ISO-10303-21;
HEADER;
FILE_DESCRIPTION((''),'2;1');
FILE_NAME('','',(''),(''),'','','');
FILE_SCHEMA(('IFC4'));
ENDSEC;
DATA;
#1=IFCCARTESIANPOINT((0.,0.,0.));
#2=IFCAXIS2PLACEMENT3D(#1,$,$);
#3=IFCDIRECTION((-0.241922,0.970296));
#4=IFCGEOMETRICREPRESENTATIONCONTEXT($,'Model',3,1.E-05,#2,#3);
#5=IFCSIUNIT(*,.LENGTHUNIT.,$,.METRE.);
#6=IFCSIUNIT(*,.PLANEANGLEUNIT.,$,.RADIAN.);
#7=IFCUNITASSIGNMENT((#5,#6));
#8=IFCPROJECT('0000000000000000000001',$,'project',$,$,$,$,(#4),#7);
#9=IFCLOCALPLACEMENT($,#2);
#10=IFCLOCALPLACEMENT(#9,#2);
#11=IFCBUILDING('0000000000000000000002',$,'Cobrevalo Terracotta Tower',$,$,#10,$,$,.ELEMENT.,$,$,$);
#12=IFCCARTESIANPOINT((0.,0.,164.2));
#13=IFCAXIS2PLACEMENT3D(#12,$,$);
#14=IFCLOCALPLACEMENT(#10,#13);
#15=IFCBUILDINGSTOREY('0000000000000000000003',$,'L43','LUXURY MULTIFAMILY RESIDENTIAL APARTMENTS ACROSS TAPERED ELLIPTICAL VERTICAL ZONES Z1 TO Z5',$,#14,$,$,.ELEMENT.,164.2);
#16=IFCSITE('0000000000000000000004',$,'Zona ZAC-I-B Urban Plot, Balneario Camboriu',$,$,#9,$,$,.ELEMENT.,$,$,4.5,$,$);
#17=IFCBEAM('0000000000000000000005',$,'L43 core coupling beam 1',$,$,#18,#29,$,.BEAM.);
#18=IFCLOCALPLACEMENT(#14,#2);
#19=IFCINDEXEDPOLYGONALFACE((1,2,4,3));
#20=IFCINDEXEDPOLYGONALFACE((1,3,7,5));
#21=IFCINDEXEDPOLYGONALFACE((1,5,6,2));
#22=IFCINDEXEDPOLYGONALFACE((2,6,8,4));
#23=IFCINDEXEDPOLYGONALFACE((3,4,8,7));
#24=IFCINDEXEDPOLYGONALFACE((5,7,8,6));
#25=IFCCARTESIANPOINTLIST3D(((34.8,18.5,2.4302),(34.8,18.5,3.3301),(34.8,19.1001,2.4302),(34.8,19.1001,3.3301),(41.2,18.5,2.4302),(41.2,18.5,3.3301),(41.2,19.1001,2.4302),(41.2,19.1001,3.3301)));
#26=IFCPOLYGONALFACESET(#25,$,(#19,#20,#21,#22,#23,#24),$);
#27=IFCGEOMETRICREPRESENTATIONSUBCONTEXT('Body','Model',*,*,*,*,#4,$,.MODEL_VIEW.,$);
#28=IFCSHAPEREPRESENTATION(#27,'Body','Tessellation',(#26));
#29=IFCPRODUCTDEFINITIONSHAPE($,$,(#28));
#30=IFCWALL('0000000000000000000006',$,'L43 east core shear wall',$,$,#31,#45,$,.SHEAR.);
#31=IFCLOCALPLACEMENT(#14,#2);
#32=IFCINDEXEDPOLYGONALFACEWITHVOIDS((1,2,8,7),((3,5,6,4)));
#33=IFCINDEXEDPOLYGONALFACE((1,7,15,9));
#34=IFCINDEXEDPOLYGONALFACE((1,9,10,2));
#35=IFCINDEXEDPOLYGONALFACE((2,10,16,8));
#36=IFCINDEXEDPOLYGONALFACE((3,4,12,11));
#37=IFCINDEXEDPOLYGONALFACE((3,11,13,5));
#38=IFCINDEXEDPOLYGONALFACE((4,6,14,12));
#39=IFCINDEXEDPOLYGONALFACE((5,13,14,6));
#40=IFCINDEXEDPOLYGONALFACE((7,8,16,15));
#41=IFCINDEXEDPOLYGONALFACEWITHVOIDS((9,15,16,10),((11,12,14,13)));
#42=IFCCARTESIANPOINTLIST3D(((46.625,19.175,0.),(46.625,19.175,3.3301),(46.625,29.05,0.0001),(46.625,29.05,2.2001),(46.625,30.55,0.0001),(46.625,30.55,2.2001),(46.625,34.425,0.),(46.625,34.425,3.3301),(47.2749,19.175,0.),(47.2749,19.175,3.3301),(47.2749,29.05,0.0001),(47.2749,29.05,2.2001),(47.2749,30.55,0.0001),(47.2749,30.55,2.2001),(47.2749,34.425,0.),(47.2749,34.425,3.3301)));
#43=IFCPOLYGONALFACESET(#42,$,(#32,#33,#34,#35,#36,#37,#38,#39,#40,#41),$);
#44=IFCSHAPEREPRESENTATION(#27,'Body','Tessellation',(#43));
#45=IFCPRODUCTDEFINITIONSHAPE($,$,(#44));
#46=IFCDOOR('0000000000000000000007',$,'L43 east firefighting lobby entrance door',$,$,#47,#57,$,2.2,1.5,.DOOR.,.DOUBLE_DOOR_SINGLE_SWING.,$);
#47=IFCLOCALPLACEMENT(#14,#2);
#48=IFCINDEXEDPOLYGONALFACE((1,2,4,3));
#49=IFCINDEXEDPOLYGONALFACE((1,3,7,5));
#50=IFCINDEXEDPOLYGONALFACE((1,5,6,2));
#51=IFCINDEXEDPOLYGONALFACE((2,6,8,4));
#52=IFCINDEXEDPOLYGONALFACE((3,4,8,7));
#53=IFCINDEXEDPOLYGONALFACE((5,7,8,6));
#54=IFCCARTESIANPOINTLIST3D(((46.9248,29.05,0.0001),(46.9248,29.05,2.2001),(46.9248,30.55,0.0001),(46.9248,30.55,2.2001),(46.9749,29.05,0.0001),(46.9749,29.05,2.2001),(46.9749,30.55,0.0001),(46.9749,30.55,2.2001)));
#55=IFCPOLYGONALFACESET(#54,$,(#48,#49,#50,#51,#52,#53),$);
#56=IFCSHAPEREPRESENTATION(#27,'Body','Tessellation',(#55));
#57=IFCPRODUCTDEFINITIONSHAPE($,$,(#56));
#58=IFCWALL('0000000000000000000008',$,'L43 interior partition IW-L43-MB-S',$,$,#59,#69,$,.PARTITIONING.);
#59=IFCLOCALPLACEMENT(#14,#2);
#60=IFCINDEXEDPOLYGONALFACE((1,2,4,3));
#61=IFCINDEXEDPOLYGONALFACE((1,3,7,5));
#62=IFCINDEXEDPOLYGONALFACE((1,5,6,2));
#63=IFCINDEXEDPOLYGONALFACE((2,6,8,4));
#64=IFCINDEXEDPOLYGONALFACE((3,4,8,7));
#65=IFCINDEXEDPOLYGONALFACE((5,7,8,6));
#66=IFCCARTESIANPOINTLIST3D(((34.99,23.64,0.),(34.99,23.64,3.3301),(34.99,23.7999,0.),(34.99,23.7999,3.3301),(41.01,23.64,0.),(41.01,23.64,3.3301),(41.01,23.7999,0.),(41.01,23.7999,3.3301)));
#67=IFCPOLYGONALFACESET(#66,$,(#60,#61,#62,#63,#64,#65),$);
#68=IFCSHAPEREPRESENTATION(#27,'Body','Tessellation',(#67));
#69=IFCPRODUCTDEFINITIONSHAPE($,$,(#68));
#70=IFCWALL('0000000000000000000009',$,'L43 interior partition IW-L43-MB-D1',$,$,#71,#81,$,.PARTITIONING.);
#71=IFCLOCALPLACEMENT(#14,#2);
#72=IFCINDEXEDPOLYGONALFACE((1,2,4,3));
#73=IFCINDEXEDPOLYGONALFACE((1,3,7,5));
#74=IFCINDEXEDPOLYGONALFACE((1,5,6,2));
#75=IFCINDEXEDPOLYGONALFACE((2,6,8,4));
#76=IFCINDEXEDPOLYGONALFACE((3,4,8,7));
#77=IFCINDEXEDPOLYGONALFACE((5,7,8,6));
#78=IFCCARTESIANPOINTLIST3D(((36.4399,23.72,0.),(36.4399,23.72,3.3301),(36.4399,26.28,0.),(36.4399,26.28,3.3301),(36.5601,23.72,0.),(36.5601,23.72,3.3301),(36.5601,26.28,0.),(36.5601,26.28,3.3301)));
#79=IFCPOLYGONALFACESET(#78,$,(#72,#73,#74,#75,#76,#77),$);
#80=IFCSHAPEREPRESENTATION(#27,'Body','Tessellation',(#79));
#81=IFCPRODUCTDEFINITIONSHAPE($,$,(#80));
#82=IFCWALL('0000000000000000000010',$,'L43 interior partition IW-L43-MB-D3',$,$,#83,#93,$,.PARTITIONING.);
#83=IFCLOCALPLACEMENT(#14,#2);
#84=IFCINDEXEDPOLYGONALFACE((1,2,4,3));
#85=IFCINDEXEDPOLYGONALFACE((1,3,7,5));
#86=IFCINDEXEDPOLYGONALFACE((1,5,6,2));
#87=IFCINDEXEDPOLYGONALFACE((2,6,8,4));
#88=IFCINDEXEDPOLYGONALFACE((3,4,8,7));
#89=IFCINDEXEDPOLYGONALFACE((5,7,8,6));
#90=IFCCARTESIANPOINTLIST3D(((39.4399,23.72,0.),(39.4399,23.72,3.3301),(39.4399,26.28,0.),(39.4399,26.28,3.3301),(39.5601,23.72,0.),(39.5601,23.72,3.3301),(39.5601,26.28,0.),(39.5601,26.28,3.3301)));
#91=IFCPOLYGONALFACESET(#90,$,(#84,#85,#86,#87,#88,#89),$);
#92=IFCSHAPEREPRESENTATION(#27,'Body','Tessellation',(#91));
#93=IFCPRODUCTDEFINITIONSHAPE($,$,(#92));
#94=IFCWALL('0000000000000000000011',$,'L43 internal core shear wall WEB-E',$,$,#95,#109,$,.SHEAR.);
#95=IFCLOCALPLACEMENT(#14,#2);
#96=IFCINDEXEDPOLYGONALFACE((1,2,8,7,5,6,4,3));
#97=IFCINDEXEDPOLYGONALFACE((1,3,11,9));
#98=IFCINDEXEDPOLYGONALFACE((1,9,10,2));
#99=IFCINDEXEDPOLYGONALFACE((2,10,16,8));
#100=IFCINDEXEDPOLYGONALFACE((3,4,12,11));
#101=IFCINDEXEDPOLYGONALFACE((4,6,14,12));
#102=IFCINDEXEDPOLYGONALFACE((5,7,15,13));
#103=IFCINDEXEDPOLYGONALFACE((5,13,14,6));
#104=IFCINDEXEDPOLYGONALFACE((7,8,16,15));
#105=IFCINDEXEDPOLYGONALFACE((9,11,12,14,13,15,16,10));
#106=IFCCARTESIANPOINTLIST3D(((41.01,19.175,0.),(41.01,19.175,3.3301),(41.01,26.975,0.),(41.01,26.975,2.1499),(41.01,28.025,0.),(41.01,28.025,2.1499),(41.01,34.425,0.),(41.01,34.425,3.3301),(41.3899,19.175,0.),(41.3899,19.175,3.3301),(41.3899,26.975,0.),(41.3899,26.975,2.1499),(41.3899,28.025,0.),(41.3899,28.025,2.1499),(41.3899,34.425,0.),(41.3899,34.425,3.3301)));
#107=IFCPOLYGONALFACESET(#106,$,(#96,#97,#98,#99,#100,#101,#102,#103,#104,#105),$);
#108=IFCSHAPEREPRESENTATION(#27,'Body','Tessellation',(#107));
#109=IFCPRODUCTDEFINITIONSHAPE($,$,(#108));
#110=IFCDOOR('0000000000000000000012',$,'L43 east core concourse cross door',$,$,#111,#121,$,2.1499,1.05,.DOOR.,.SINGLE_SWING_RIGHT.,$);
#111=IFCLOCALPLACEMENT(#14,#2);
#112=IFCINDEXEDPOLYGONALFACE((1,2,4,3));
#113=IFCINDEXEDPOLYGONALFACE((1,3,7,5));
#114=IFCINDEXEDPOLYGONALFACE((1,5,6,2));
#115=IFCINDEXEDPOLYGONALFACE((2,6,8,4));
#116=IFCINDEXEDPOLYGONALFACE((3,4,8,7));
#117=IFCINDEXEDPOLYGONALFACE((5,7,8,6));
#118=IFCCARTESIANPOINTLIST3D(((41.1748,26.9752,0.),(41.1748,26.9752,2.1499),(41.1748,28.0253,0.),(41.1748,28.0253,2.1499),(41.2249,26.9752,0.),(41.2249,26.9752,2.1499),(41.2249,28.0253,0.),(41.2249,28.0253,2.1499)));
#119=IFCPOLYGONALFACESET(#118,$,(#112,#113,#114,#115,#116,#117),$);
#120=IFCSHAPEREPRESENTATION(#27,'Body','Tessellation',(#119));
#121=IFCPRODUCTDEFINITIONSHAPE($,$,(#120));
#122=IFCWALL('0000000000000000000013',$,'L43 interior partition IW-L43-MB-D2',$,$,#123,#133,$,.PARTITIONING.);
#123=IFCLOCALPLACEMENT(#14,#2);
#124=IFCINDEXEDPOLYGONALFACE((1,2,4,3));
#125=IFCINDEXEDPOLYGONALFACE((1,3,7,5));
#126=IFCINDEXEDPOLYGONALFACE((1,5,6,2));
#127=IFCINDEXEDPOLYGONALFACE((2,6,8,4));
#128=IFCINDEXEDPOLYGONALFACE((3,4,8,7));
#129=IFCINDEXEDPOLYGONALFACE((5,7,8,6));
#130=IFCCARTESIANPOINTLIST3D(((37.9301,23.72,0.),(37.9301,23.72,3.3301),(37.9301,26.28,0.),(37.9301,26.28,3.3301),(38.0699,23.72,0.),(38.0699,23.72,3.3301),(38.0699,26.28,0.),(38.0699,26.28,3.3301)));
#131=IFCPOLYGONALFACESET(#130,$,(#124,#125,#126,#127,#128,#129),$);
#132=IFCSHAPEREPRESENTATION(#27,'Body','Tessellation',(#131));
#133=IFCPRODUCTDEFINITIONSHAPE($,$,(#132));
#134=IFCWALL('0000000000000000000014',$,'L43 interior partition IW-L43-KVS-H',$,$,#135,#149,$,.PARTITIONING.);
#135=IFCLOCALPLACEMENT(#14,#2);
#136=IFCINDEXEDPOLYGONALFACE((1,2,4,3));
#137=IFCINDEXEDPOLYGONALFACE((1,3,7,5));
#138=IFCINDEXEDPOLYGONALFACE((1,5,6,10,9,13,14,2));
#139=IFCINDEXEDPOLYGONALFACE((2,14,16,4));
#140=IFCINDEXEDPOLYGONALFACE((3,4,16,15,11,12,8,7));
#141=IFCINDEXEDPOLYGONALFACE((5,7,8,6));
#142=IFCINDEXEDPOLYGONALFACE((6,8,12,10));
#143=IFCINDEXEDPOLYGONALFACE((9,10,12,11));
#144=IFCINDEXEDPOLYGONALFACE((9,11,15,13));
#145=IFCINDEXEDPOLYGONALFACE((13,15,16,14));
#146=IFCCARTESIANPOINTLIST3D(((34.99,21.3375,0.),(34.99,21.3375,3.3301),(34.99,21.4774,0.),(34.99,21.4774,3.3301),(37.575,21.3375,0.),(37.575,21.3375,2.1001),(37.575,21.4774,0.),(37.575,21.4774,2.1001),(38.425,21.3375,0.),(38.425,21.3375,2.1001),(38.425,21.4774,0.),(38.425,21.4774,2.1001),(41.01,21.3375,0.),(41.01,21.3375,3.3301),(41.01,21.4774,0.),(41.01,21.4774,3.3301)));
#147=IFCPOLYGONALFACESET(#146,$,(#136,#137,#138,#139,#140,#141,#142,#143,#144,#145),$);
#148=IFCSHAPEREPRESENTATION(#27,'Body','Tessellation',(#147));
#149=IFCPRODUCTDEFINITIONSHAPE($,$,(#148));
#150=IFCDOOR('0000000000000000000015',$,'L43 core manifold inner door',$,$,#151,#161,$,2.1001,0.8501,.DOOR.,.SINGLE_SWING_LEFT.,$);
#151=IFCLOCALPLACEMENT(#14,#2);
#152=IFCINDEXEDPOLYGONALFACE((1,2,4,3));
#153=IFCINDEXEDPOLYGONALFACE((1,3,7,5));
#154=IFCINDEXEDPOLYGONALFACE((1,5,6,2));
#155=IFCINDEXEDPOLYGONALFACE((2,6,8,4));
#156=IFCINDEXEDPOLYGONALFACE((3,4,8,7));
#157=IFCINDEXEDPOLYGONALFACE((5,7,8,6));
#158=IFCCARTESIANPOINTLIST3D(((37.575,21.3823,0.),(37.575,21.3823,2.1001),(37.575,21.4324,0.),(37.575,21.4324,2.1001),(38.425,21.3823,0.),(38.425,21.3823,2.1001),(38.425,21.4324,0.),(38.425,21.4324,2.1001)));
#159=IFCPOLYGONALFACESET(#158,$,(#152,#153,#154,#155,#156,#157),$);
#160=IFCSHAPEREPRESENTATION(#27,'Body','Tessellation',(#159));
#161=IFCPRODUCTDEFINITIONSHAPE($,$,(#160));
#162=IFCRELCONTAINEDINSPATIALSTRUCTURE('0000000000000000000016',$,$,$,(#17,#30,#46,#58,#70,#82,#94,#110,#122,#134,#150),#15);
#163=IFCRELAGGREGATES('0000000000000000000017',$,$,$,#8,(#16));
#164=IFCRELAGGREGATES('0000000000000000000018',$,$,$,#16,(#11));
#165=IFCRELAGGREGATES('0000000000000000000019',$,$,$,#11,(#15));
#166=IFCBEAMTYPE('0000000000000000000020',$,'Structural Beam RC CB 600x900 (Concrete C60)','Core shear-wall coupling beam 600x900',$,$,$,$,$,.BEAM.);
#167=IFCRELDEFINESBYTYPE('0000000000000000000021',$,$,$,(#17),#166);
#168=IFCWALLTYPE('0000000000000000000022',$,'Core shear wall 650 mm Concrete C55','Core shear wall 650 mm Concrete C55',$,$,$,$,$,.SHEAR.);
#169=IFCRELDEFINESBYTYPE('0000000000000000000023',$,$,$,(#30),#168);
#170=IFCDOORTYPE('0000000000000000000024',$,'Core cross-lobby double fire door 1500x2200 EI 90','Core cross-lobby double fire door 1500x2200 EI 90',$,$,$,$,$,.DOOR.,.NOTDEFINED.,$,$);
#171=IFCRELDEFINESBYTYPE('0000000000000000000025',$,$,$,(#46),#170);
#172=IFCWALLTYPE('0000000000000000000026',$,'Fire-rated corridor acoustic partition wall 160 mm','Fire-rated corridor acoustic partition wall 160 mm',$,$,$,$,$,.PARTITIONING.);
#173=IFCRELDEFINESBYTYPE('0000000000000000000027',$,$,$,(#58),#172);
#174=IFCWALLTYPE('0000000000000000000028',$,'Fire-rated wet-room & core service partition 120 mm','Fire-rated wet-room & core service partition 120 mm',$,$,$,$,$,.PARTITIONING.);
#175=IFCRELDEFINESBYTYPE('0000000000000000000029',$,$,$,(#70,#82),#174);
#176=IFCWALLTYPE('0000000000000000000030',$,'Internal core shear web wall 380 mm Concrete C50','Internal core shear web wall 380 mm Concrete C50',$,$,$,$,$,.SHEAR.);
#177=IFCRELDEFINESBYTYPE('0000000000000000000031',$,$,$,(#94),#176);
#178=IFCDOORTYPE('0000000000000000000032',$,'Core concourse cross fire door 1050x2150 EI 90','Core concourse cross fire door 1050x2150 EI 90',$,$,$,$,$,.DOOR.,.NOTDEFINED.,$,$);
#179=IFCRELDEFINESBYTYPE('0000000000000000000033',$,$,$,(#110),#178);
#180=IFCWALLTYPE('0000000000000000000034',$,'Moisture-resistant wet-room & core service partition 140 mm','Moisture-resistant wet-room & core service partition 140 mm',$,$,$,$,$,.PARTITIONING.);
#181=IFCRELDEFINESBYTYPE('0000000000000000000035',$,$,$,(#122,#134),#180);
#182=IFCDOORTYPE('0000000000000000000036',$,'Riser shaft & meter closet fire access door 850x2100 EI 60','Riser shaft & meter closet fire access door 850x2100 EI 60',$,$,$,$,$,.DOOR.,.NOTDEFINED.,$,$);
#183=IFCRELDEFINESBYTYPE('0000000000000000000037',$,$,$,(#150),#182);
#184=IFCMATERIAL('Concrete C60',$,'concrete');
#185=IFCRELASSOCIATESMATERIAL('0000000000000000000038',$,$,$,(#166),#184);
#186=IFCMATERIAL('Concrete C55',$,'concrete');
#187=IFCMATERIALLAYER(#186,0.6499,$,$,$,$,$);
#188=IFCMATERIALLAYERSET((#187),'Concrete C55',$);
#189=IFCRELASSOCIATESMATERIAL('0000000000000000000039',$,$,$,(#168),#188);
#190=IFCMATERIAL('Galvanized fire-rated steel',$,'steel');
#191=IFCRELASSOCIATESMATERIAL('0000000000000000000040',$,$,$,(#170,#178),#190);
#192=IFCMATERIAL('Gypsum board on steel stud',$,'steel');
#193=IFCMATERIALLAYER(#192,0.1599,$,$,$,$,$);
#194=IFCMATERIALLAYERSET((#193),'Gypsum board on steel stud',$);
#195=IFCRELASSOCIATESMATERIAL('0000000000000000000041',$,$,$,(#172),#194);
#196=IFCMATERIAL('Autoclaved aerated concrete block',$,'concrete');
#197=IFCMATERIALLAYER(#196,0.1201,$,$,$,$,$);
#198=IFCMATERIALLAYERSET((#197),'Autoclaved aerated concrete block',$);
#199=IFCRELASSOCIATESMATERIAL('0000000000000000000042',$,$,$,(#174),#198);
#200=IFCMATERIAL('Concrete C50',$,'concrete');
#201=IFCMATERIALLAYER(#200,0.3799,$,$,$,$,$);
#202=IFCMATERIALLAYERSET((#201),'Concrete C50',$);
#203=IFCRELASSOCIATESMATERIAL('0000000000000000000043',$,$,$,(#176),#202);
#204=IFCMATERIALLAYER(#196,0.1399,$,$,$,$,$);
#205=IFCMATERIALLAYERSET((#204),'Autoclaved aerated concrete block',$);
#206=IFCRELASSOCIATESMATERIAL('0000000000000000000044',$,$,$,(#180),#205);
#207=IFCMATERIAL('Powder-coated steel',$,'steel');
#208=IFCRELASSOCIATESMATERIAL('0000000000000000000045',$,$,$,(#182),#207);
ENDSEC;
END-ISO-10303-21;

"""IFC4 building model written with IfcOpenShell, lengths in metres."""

from ifc_helpers import new_model, si_unit, direction, frame, frame_2d, origin, origin_2d, place, context, subcontext, project, spatial, rectangle, extrude, source, transform, mapped, material, layer, layer_set, material_profile, profile_set, type_object, element, fill, save


model = new_model("IFC4")

# Units and contexts
model_context = context("Model", 3, precision=1e-05, world=origin(), true_north=direction((-0.241922, 0.970296)))
body_context = subcontext(model_context, "Body", "Model", "MODEL_VIEW")
ifc_project = project(units=[si_unit("LENGTHUNIT", "METRE"), si_unit("PLANEANGLEUNIT", "RADIAN")], contexts=[model_context])

# Site, building, storey
site_placement = place(None, origin())
site = spatial("IfcSite", under=ifc_project, at=site_placement, Name="Zona ZAC-I-B Urban Plot, Balneario Camboriu", CompositionType="ELEMENT", RefElevation=4.5)
building_placement = place(site_placement, origin())
building = spatial("IfcBuilding", under=site, at=building_placement, Name="Cobrevalo Terracotta Tower", CompositionType="ELEMENT")
storey_placement = place(building_placement, frame((0.0, 0.0, 164.2)))
storey = spatial("IfcBuildingStorey", under=building, at=storey_placement, Name="L43", Description="LUXURY MULTIFAMILY RESIDENTIAL APARTMENTS ACROSS TAPERED ELLIPTICAL VERTICAL ZONES Z1 TO Z5", CompositionType="ELEMENT", Elevation=164.2)

# Beam
ifc_material_1 = material(Name="Concrete C60", Category="concrete")
ifc_material_profile = material_profile(ifc_material_1, rectangle(XDim=0.6001, YDim=0.8999, at=origin_2d()), Name="RC CB 600x900")
ifc_profile_set = profile_set([ifc_material_profile], Name="Concrete C60")
beam_type = type_object("IfcBeamType", Name="Structural Beam RC CB 600x900 (Concrete C60)", Description="Core shear-wall coupling beam 600x900", PredefinedType="BEAM", material=ifc_profile_set)
beam_placement = place(storey_placement, frame((34.8, 18.8, 2.8801), z_axis=(1.0, 0.0, 0.0), x_axis=(0.0, 1.0, 0.0)))
element("IfcBeam", 1, at=beam_placement, inside=storey, type_object=beam_type, Name="L43 core coupling beam 1", PredefinedType="BEAM", context=body_context, shape_type="SweptSolid", body=[
    extrude(rectangle(XDim=0.6001, YDim=0.8999, at=origin_2d()), origin(), (0.0, 0.0, 1.0), 6.3999),
])

# Wall, opening, door
ifc_material_2 = material(Name="Concrete C55", Category="concrete")
ifc_layer_1 = layer(ifc_material_2, 0.6499)
ifc_layer_set_1 = layer_set([ifc_layer_1], Name="Concrete C55")
wall_type_1 = type_object("IfcWallType", Name="Core shear wall 650 mm Concrete C55", Description="Core shear wall 650 mm Concrete C55", PredefinedType="SHEAR", material=ifc_layer_set_1)
wall_1_placement = place(storey_placement, frame((46.95, 19.175, 0.0), z_axis=(0.0, 0.0, 1.0), x_axis=(0.0, 1.0, 0.0)))
wall_1 = element("IfcWall", 2, at=wall_1_placement, inside=storey, type_object=wall_type_1, Name="L43 east core shear wall", PredefinedType="SHEAR", context=body_context, shape_type="SweptSolid", body=[
    extrude(rectangle(XDim=15.25, YDim=0.6499, at=frame_2d((7.625, 0.0))), origin(), (0.0, 0.0, 1.0), 3.3301),
])
opening_1_placement = place(wall_1_placement, frame((9.875, 0.0, 0.0)))
opening_1 = element("IfcOpeningElement", 3, at=opening_1_placement, cuts=wall_1, PredefinedType="OPENING", context=body_context, shape_type="SweptSolid", body=[
    extrude(rectangle(XDim=1.5, YDim=2.2, at=frame_2d((0.75, 1.1001))), frame((0.0, 0.335, 0.0), z_axis=(0.0, -1.0, 0.0), x_axis=(1.0, 0.0, 0.0)), (0.0, 0.0, 1.0), 0.6699),
])
ifc_material_3 = material(Name="Galvanized fire-rated steel", Category="steel")
door_type_1 = type_object("IfcDoorType", Name="Core cross-lobby double fire door 1500x2200 EI 90", Description="Core cross-lobby double fire door 1500x2200 EI 90", OperationType="NOTDEFINED", PredefinedType="DOOR", material=ifc_material_3)
shared_shape_1 = source(origin(), body_context, "Body", "SweptSolid", [
    extrude(rectangle(XDim=1.5, YDim=2.2, at=frame_2d((0.75, 1.1001))), frame((0.0, 0.0249, 0.0), z_axis=(0.0, -1.0, 0.0), x_axis=(1.0, 0.0, 0.0)), (0.0, 0.0, 1.0), 0.05),
])
door_1_placement = place(opening_1_placement, frame((1.5, 0.0, 0.0), z_axis=(0.0, 0.0, 1.0), x_axis=(-1.0, 0.0, 0.0)))
door_1 = element("IfcDoor", 4, at=door_1_placement, inside=storey, type_object=door_type_1, Name="L43 east firefighting lobby entrance door", OperationType="DOUBLE_DOOR_SINGLE_SWING", OverallHeight=2.2, OverallWidth=1.5, PredefinedType="DOOR", context=body_context, shape_type="MappedRepresentation", body=[
    mapped(shared_shape_1, transform((0.0, 0.0, 0.0), scale=1.0)),
])
fill(opening_1, door_1)

# Walls
ifc_material_4 = material(Name="Gypsum board on steel stud", Category="steel")
ifc_layer_2 = layer(ifc_material_4, 0.1599)
ifc_layer_set_2 = layer_set([ifc_layer_2], Name="Gypsum board on steel stud")
wall_type_2 = type_object("IfcWallType", Name="Fire-rated corridor acoustic partition wall 160 mm", Description="Fire-rated corridor acoustic partition wall 160 mm", PredefinedType="PARTITIONING", material=ifc_layer_set_2)
wall_2_placement = place(storey_placement, frame((34.99, 23.72, 0.0), z_axis=(0.0, 0.0, 1.0), x_axis=(1.0, 0.0, 0.0)))
element("IfcWall", 5, at=wall_2_placement, inside=storey, type_object=wall_type_2, Name="L43 interior partition IW-L43-MB-S", PredefinedType="PARTITIONING", context=body_context, shape_type="SweptSolid", body=[
    extrude(rectangle(XDim=6.02, YDim=0.1599, at=frame_2d((3.01, 0.0))), origin(), (0.0, 0.0, 1.0), 3.3301),
])
ifc_material_5 = material(Name="Autoclaved aerated concrete block", Category="concrete")
ifc_layer_3 = layer(ifc_material_5, 0.1201)
ifc_layer_set_3 = layer_set([ifc_layer_3], Name="Autoclaved aerated concrete block")
wall_type_3 = type_object("IfcWallType", Name="Fire-rated wet-room & core service partition 120 mm", Description="Fire-rated wet-room & core service partition 120 mm", PredefinedType="PARTITIONING", material=ifc_layer_set_3)
for number, where, z_axis, x_axis, name in (
    (6, (36.5, 23.72, 0.0), (0.0, 0.0, 1.0), (0.0, 1.0, 0.0), "L43 interior partition IW-L43-MB-D1"),
    (7, (39.5, 23.72, 0.0), (0.0, 0.0, 1.0), (0.0, 1.0, 0.0), "L43 interior partition IW-L43-MB-D3"),
):
    element("IfcWall", number, at=place(storey_placement, frame(where, z_axis=z_axis, x_axis=x_axis)), inside=storey, type_object=wall_type_3, Name=name, PredefinedType="PARTITIONING", context=body_context, shape_type="SweptSolid", body=[
        extrude(rectangle(XDim=2.5601, YDim=0.1201, at=frame_2d((1.28, 0.0))), origin(), (0.0, 0.0, 1.0), 3.3301),
    ])

# Wall, opening, door
ifc_material_6 = material(Name="Concrete C50", Category="concrete")
ifc_layer_4 = layer(ifc_material_6, 0.3799)
ifc_layer_set_4 = layer_set([ifc_layer_4], Name="Concrete C50")
wall_type_4 = type_object("IfcWallType", Name="Internal core shear web wall 380 mm Concrete C50", Description="Internal core shear web wall 380 mm Concrete C50", PredefinedType="SHEAR", material=ifc_layer_set_4)
wall_3_placement = place(storey_placement, frame((41.2, 19.175, 0.0), z_axis=(0.0, 0.0, 1.0), x_axis=(0.0, 1.0, 0.0)))
wall_3 = element("IfcWall", 8, at=wall_3_placement, inside=storey, type_object=wall_type_4, Name="L43 internal core shear wall WEB-E", PredefinedType="SHEAR", context=body_context, shape_type="SweptSolid", body=[
    extrude(rectangle(XDim=15.25, YDim=0.3799, at=frame_2d((7.625, 0.0))), origin(), (0.0, 0.0, 1.0), 3.3301),
])
opening_2_placement = place(wall_3_placement, frame((7.8, 0.0, 0.0)))
opening_2 = element("IfcOpeningElement", 9, at=opening_2_placement, cuts=wall_3, PredefinedType="OPENING", context=body_context, shape_type="SweptSolid", body=[
    extrude(rectangle(XDim=1.05, YDim=2.1499, at=frame_2d((0.5249, 1.075))), frame((0.0, 0.2, 0.0), z_axis=(0.0, -1.0, 0.0), x_axis=(1.0, 0.0, 0.0)), (0.0, 0.0, 1.0), 0.3999),
])
door_type_2 = type_object("IfcDoorType", Name="Core concourse cross fire door 1050x2150 EI 90", Description="Core concourse cross fire door 1050x2150 EI 90", OperationType="NOTDEFINED", PredefinedType="DOOR", material=ifc_material_3)
shared_shape_2 = source(origin(), body_context, "Body", "SweptSolid", [
    extrude(rectangle(XDim=1.05, YDim=2.1499, at=frame_2d((0.5249, 1.075))), frame((0.0, 0.0249, 0.0), z_axis=(0.0, -1.0, 0.0), x_axis=(1.0, 0.0, 0.0)), (0.0, 0.0, 1.0), 0.05),
])
door_2_placement = place(opening_2_placement, frame((1.05, 0.0, 0.0), z_axis=(0.0, 0.0, 1.0), x_axis=(-1.0, 0.0, 0.0)))
door_2 = element("IfcDoor", 10, at=door_2_placement, inside=storey, type_object=door_type_2, Name="L43 east core concourse cross door", OperationType="SINGLE_SWING_RIGHT", OverallHeight=2.1499, OverallWidth=1.05, PredefinedType="DOOR", context=body_context, shape_type="MappedRepresentation", body=[
    mapped(shared_shape_2, transform((0.0, 0.0, 0.0), scale=1.0)),
])
fill(opening_2, door_2)

# Wall
ifc_layer_5 = layer(ifc_material_5, 0.1399)
ifc_layer_set_5 = layer_set([ifc_layer_5], Name="Autoclaved aerated concrete block")
wall_type_5 = type_object("IfcWallType", Name="Moisture-resistant wet-room & core service partition 140 mm", Description="Moisture-resistant wet-room & core service partition 140 mm", PredefinedType="PARTITIONING", material=ifc_layer_set_5)
wall_4_placement = place(storey_placement, frame((38.0, 23.72, 0.0), z_axis=(0.0, 0.0, 1.0), x_axis=(0.0, 1.0, 0.0)))
element("IfcWall", 11, at=wall_4_placement, inside=storey, type_object=wall_type_5, Name="L43 interior partition IW-L43-MB-D2", PredefinedType="PARTITIONING", context=body_context, shape_type="SweptSolid", body=[
    extrude(rectangle(XDim=2.5601, YDim=0.1399, at=frame_2d((1.28, 0.0))), origin(), (0.0, 0.0, 1.0), 3.3301),
])

# Wall, opening, door
wall_5_placement = place(storey_placement, frame((34.99, 21.4075, 0.0), z_axis=(0.0, 0.0, 1.0), x_axis=(1.0, 0.0, 0.0)))
wall_5 = element("IfcWall", 12, at=wall_5_placement, inside=storey, type_object=wall_type_5, Name="L43 interior partition IW-L43-KVS-H", PredefinedType="PARTITIONING", context=body_context, shape_type="SweptSolid", body=[
    extrude(rectangle(XDim=6.02, YDim=0.1399, at=frame_2d((3.01, 0.0))), origin(), (0.0, 0.0, 1.0), 3.3301),
])
opening_3_placement = place(wall_5_placement, frame((2.585, 0.0, 0.0)))
opening_3 = element("IfcOpeningElement", 13, at=opening_3_placement, cuts=wall_5, PredefinedType="OPENING", context=body_context, shape_type="SweptSolid", body=[
    extrude(rectangle(XDim=0.8501, YDim=2.1001, at=frame_2d((0.425, 1.05))), frame((0.0, 0.0801, 0.0), z_axis=(0.0, -1.0, 0.0), x_axis=(1.0, 0.0, 0.0)), (0.0, 0.0, 1.0), 0.1599),
])
ifc_material_7 = material(Name="Powder-coated steel", Category="steel")
door_type_3 = type_object("IfcDoorType", Name="Riser shaft & meter closet fire access door 850x2100 EI 60", Description="Riser shaft & meter closet fire access door 850x2100 EI 60", OperationType="NOTDEFINED", PredefinedType="DOOR", material=ifc_material_7)
shared_shape_3 = source(origin(), body_context, "Body", "SweptSolid", [
    extrude(rectangle(XDim=0.8501, YDim=2.1001, at=frame_2d((0.425, 1.05))), frame((0.0, 0.0249, 0.0), z_axis=(0.0, -1.0, 0.0), x_axis=(1.0, 0.0, 0.0)), (0.0, 0.0, 1.0), 0.05),
])
door_3_placement = place(opening_3_placement, origin())
door_3 = element("IfcDoor", 14, at=door_3_placement, inside=storey, type_object=door_type_3, Name="L43 core manifold inner door", OperationType="SINGLE_SWING_LEFT", OverallHeight=2.1001, OverallWidth=0.8501, PredefinedType="DOOR", context=body_context, shape_type="MappedRepresentation", body=[
    mapped(shared_shape_3, transform((0.0, 0.0, 0.0), scale=1.0)),
])
fill(opening_3, door_3)

save(model, "model.ifc")
